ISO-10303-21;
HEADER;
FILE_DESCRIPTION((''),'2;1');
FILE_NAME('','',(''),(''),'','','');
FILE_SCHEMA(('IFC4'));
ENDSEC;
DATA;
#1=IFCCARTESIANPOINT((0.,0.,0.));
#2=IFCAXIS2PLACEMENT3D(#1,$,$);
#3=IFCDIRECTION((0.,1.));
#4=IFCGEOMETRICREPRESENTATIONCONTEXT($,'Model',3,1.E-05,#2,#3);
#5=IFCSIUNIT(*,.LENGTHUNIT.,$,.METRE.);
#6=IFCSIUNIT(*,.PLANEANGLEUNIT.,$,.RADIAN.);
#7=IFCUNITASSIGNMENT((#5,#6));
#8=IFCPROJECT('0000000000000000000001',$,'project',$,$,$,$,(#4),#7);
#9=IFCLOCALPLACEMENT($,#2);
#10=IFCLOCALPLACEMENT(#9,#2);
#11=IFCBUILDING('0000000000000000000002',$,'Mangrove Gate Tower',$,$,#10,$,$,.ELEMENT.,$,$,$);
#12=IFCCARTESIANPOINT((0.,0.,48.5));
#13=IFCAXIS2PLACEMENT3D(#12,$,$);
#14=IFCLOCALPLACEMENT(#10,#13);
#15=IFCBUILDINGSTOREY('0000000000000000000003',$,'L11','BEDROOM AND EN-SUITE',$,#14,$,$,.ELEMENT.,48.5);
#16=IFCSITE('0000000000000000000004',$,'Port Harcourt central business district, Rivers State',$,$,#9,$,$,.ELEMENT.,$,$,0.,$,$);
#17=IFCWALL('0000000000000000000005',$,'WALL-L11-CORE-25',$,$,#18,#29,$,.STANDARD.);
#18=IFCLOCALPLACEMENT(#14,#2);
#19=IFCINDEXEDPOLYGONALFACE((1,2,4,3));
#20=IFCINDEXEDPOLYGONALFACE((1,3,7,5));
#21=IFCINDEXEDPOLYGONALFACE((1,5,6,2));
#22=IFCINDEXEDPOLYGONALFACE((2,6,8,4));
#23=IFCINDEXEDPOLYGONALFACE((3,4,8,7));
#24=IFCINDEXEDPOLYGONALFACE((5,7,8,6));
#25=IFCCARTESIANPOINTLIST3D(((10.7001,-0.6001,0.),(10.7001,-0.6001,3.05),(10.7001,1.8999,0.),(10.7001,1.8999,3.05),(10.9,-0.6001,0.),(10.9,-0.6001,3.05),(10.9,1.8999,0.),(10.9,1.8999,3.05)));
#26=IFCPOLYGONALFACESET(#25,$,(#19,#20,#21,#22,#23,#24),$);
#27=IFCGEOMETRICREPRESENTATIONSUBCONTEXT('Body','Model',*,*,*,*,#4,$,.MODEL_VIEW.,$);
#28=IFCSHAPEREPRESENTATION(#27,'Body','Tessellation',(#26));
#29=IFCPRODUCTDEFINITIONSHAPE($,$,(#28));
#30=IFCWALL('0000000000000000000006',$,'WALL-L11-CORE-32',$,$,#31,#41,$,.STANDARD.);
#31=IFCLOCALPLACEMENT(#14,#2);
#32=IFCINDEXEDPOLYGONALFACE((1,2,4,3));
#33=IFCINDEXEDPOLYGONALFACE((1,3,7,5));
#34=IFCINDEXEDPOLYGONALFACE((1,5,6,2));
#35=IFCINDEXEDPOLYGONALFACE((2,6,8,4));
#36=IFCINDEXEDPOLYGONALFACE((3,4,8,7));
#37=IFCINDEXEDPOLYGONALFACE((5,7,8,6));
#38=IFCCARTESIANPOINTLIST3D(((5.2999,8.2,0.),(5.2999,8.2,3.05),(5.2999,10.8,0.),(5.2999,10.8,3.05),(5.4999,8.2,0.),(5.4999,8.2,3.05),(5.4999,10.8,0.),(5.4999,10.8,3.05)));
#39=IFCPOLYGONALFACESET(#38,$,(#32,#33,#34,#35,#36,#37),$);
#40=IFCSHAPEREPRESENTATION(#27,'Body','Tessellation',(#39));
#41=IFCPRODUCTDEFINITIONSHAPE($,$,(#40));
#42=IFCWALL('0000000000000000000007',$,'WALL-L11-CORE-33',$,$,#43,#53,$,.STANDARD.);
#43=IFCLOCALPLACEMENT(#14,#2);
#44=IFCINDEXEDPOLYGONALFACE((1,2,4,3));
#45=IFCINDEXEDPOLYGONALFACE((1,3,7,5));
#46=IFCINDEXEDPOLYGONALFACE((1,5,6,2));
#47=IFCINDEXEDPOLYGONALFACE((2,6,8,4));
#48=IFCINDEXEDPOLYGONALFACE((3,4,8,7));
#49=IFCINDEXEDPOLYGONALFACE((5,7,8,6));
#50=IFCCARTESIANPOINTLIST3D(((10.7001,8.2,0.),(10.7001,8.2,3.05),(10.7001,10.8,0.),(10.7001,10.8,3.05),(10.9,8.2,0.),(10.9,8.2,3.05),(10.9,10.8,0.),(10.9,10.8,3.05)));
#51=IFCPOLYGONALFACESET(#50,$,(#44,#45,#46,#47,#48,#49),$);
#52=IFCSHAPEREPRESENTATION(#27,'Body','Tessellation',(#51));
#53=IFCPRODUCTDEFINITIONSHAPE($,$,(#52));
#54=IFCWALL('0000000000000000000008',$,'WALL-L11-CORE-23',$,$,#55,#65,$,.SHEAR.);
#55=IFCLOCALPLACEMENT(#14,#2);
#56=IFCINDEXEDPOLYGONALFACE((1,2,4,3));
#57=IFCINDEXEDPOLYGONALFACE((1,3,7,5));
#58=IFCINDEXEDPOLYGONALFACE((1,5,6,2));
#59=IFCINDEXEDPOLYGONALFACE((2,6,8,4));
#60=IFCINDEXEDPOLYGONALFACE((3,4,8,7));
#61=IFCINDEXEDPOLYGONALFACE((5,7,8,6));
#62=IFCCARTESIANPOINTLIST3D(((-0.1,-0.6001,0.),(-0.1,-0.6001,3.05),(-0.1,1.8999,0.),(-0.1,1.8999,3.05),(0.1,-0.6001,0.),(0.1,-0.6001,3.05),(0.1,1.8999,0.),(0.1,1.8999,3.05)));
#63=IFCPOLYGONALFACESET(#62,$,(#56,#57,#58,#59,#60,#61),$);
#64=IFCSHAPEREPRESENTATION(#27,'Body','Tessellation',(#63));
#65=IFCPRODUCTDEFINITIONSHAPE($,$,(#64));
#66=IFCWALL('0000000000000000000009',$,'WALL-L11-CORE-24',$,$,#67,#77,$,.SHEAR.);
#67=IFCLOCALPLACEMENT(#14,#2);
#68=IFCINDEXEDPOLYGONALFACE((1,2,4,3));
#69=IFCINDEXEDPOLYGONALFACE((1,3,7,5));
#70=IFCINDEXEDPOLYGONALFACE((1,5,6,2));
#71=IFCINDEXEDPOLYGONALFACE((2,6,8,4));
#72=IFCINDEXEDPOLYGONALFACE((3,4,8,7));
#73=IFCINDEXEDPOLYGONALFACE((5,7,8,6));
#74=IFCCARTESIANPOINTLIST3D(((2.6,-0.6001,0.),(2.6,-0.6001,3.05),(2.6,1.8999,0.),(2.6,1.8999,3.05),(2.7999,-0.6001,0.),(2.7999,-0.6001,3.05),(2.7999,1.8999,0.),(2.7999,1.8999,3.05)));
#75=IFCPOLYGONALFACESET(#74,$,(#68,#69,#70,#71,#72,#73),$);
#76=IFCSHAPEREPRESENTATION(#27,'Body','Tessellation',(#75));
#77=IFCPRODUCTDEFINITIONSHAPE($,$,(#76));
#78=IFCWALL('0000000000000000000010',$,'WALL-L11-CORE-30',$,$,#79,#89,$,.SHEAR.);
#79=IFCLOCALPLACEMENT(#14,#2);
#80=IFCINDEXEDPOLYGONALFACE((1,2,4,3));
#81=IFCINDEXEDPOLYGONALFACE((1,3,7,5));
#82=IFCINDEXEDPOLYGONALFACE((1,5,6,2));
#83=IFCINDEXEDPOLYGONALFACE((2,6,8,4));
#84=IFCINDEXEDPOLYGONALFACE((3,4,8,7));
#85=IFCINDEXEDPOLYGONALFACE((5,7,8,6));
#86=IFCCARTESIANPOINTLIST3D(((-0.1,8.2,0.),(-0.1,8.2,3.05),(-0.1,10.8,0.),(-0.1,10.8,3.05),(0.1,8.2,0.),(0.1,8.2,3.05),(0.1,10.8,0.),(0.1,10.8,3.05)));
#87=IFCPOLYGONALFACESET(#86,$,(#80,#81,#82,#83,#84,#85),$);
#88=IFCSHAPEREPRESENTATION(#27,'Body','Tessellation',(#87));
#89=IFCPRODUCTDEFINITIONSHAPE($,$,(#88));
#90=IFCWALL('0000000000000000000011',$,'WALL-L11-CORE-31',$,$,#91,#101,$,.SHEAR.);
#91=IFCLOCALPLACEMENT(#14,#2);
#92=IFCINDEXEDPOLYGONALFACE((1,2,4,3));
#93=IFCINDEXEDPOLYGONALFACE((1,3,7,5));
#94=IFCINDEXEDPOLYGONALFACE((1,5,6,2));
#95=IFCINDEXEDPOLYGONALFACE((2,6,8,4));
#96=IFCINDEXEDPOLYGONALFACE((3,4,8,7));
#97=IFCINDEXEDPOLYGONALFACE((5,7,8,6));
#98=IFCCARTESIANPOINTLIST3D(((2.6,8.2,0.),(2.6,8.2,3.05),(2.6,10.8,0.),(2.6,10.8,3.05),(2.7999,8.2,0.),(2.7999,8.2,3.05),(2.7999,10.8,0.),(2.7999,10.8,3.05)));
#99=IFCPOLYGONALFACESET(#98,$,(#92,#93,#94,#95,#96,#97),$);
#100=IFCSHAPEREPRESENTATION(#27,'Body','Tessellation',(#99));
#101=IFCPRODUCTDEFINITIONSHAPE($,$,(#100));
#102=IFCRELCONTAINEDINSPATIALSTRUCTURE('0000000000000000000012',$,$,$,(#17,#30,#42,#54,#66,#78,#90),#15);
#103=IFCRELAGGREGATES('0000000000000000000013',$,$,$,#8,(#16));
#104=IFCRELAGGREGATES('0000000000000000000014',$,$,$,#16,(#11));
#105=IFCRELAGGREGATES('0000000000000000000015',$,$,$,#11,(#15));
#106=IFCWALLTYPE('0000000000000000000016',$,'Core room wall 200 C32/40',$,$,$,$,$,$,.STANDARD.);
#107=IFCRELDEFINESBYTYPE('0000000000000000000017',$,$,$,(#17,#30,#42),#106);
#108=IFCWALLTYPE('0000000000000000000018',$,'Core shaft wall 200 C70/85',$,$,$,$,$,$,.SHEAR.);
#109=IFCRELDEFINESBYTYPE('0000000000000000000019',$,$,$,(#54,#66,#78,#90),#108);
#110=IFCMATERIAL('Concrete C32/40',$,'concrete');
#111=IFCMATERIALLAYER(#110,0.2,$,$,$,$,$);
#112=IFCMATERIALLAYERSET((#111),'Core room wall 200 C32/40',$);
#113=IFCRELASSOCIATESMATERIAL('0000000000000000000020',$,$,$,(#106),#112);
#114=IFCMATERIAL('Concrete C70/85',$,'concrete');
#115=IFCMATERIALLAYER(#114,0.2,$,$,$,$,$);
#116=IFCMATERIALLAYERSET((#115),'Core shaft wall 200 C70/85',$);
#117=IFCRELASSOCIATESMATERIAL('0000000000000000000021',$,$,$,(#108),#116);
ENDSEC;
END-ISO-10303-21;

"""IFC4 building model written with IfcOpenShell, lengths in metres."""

from ifc_helpers import new_model, si_unit, direction, frame, frame_2d, origin, place, context, subcontext, project, spatial, rectangle, extrude, material, layer, layer_set, type_object, element, save


model = new_model("IFC4")

# Units and contexts
model_context = context("Model", 3, precision=1e-05, world=origin(), true_north=direction((0.0, 1.0)))
body_context = subcontext(model_context, "Body", "Model", "MODEL_VIEW")
ifc_project = project(units=[si_unit("LENGTHUNIT", "METRE"), si_unit("PLANEANGLEUNIT", "RADIAN")], contexts=[model_context])

# Site, building, storey
site_placement = place(None, origin())
site = spatial("IfcSite", under=ifc_project, at=site_placement, Name="Port Harcourt central business district, Rivers State", CompositionType="ELEMENT", RefElevation=0.0)
building_placement = place(site_placement, origin())
building = spatial("IfcBuilding", under=site, at=building_placement, Name="Mangrove Gate Tower", CompositionType="ELEMENT")
storey_placement = place(building_placement, frame((0.0, 0.0, 48.5)))
storey = spatial("IfcBuildingStorey", under=building, at=storey_placement, Name="L11", Description="BEDROOM AND EN-SUITE", CompositionType="ELEMENT", Elevation=48.5)

# Walls
ifc_material_1 = material(Name="Concrete C32/40", Category="concrete")
ifc_layer_1 = layer(ifc_material_1, 0.2)
ifc_layer_set_1 = layer_set([ifc_layer_1], Name="Core room wall 200 C32/40")
wall_type_1 = type_object("IfcWallType", Name="Core room wall 200 C32/40", PredefinedType="STANDARD", material=ifc_layer_set_1)
wall_placement = place(storey_placement, frame((10.8, -0.6001, 0.0), z_axis=(0.0, 0.0, 1.0), x_axis=(0.0, 1.0, 0.0)))
element("IfcWall", 1, at=wall_placement, inside=storey, type_object=wall_type_1, Name="WALL-L11-CORE-25", PredefinedType="STANDARD", context=body_context, shape_type="SweptSolid", body=[
    extrude(rectangle(XDim=2.5, YDim=0.2, at=frame_2d((1.25, 0.0))), origin(), (0.0, 0.0, 1.0), 3.05),
])
for number, where, z_axis, x_axis, name in (
    (2, (5.3999, 8.2, 0.0), (0.0, 0.0, 1.0), (0.0, 1.0, 0.0), "WALL-L11-CORE-32"),
    (3, (10.8, 8.2, 0.0), (0.0, 0.0, 1.0), (0.0, 1.0, 0.0), "WALL-L11-CORE-33"),
):
    element("IfcWall", number, at=place(storey_placement, frame(where, z_axis=z_axis, x_axis=x_axis)), inside=storey, type_object=wall_type_1, Name=name, PredefinedType="STANDARD", context=body_context, shape_type="SweptSolid", body=[
        extrude(rectangle(XDim=2.6001, YDim=0.2, at=frame_2d((1.3, 0.0))), origin(), (0.0, 0.0, 1.0), 3.05),
    ])
ifc_material_2 = material(Name="Concrete C70/85", Category="concrete")
ifc_layer_2 = layer(ifc_material_2, 0.2)
ifc_layer_set_2 = layer_set([ifc_layer_2], Name="Core shaft wall 200 C70/85")
wall_type_2 = type_object("IfcWallType", Name="Core shaft wall 200 C70/85", PredefinedType="SHEAR", material=ifc_layer_set_2)
for number, where, z_axis, x_axis, name in (
    (4, (0.0, -0.6001, 0.0), (0.0, 0.0, 1.0), (0.0, 1.0, 0.0), "WALL-L11-CORE-23"),
    (5, (2.7, -0.6001, 0.0), (0.0, 0.0, 1.0), (0.0, 1.0, 0.0), "WALL-L11-CORE-24"),
):
    element("IfcWall", number, at=place(storey_placement, frame(where, z_axis=z_axis, x_axis=x_axis)), inside=storey, type_object=wall_type_2, Name=name, PredefinedType="SHEAR", context=body_context, shape_type="SweptSolid", body=[
        extrude(rectangle(XDim=2.5, YDim=0.2, at=frame_2d((1.25, 0.0))), origin(), (0.0, 0.0, 1.0), 3.05),
    ])
for number, where, z_axis, x_axis, name in (
    (6, (0.0, 8.2, 0.0), (0.0, 0.0, 1.0), (0.0, 1.0, 0.0), "WALL-L11-CORE-30"),
    (7, (2.7, 8.2, 0.0), (0.0, 0.0, 1.0), (0.0, 1.0, 0.0), "WALL-L11-CORE-31"),
):
    element("IfcWall", number, at=place(storey_placement, frame(where, z_axis=z_axis, x_axis=x_axis)), inside=storey, type_object=wall_type_2, Name=name, PredefinedType="SHEAR", context=body_context, shape_type="SweptSolid", body=[
        extrude(rectangle(XDim=2.6001, YDim=0.2, at=frame_2d((1.3, 0.0))), origin(), (0.0, 0.0, 1.0), 3.05),
    ])

save(model, "model.ifc")
